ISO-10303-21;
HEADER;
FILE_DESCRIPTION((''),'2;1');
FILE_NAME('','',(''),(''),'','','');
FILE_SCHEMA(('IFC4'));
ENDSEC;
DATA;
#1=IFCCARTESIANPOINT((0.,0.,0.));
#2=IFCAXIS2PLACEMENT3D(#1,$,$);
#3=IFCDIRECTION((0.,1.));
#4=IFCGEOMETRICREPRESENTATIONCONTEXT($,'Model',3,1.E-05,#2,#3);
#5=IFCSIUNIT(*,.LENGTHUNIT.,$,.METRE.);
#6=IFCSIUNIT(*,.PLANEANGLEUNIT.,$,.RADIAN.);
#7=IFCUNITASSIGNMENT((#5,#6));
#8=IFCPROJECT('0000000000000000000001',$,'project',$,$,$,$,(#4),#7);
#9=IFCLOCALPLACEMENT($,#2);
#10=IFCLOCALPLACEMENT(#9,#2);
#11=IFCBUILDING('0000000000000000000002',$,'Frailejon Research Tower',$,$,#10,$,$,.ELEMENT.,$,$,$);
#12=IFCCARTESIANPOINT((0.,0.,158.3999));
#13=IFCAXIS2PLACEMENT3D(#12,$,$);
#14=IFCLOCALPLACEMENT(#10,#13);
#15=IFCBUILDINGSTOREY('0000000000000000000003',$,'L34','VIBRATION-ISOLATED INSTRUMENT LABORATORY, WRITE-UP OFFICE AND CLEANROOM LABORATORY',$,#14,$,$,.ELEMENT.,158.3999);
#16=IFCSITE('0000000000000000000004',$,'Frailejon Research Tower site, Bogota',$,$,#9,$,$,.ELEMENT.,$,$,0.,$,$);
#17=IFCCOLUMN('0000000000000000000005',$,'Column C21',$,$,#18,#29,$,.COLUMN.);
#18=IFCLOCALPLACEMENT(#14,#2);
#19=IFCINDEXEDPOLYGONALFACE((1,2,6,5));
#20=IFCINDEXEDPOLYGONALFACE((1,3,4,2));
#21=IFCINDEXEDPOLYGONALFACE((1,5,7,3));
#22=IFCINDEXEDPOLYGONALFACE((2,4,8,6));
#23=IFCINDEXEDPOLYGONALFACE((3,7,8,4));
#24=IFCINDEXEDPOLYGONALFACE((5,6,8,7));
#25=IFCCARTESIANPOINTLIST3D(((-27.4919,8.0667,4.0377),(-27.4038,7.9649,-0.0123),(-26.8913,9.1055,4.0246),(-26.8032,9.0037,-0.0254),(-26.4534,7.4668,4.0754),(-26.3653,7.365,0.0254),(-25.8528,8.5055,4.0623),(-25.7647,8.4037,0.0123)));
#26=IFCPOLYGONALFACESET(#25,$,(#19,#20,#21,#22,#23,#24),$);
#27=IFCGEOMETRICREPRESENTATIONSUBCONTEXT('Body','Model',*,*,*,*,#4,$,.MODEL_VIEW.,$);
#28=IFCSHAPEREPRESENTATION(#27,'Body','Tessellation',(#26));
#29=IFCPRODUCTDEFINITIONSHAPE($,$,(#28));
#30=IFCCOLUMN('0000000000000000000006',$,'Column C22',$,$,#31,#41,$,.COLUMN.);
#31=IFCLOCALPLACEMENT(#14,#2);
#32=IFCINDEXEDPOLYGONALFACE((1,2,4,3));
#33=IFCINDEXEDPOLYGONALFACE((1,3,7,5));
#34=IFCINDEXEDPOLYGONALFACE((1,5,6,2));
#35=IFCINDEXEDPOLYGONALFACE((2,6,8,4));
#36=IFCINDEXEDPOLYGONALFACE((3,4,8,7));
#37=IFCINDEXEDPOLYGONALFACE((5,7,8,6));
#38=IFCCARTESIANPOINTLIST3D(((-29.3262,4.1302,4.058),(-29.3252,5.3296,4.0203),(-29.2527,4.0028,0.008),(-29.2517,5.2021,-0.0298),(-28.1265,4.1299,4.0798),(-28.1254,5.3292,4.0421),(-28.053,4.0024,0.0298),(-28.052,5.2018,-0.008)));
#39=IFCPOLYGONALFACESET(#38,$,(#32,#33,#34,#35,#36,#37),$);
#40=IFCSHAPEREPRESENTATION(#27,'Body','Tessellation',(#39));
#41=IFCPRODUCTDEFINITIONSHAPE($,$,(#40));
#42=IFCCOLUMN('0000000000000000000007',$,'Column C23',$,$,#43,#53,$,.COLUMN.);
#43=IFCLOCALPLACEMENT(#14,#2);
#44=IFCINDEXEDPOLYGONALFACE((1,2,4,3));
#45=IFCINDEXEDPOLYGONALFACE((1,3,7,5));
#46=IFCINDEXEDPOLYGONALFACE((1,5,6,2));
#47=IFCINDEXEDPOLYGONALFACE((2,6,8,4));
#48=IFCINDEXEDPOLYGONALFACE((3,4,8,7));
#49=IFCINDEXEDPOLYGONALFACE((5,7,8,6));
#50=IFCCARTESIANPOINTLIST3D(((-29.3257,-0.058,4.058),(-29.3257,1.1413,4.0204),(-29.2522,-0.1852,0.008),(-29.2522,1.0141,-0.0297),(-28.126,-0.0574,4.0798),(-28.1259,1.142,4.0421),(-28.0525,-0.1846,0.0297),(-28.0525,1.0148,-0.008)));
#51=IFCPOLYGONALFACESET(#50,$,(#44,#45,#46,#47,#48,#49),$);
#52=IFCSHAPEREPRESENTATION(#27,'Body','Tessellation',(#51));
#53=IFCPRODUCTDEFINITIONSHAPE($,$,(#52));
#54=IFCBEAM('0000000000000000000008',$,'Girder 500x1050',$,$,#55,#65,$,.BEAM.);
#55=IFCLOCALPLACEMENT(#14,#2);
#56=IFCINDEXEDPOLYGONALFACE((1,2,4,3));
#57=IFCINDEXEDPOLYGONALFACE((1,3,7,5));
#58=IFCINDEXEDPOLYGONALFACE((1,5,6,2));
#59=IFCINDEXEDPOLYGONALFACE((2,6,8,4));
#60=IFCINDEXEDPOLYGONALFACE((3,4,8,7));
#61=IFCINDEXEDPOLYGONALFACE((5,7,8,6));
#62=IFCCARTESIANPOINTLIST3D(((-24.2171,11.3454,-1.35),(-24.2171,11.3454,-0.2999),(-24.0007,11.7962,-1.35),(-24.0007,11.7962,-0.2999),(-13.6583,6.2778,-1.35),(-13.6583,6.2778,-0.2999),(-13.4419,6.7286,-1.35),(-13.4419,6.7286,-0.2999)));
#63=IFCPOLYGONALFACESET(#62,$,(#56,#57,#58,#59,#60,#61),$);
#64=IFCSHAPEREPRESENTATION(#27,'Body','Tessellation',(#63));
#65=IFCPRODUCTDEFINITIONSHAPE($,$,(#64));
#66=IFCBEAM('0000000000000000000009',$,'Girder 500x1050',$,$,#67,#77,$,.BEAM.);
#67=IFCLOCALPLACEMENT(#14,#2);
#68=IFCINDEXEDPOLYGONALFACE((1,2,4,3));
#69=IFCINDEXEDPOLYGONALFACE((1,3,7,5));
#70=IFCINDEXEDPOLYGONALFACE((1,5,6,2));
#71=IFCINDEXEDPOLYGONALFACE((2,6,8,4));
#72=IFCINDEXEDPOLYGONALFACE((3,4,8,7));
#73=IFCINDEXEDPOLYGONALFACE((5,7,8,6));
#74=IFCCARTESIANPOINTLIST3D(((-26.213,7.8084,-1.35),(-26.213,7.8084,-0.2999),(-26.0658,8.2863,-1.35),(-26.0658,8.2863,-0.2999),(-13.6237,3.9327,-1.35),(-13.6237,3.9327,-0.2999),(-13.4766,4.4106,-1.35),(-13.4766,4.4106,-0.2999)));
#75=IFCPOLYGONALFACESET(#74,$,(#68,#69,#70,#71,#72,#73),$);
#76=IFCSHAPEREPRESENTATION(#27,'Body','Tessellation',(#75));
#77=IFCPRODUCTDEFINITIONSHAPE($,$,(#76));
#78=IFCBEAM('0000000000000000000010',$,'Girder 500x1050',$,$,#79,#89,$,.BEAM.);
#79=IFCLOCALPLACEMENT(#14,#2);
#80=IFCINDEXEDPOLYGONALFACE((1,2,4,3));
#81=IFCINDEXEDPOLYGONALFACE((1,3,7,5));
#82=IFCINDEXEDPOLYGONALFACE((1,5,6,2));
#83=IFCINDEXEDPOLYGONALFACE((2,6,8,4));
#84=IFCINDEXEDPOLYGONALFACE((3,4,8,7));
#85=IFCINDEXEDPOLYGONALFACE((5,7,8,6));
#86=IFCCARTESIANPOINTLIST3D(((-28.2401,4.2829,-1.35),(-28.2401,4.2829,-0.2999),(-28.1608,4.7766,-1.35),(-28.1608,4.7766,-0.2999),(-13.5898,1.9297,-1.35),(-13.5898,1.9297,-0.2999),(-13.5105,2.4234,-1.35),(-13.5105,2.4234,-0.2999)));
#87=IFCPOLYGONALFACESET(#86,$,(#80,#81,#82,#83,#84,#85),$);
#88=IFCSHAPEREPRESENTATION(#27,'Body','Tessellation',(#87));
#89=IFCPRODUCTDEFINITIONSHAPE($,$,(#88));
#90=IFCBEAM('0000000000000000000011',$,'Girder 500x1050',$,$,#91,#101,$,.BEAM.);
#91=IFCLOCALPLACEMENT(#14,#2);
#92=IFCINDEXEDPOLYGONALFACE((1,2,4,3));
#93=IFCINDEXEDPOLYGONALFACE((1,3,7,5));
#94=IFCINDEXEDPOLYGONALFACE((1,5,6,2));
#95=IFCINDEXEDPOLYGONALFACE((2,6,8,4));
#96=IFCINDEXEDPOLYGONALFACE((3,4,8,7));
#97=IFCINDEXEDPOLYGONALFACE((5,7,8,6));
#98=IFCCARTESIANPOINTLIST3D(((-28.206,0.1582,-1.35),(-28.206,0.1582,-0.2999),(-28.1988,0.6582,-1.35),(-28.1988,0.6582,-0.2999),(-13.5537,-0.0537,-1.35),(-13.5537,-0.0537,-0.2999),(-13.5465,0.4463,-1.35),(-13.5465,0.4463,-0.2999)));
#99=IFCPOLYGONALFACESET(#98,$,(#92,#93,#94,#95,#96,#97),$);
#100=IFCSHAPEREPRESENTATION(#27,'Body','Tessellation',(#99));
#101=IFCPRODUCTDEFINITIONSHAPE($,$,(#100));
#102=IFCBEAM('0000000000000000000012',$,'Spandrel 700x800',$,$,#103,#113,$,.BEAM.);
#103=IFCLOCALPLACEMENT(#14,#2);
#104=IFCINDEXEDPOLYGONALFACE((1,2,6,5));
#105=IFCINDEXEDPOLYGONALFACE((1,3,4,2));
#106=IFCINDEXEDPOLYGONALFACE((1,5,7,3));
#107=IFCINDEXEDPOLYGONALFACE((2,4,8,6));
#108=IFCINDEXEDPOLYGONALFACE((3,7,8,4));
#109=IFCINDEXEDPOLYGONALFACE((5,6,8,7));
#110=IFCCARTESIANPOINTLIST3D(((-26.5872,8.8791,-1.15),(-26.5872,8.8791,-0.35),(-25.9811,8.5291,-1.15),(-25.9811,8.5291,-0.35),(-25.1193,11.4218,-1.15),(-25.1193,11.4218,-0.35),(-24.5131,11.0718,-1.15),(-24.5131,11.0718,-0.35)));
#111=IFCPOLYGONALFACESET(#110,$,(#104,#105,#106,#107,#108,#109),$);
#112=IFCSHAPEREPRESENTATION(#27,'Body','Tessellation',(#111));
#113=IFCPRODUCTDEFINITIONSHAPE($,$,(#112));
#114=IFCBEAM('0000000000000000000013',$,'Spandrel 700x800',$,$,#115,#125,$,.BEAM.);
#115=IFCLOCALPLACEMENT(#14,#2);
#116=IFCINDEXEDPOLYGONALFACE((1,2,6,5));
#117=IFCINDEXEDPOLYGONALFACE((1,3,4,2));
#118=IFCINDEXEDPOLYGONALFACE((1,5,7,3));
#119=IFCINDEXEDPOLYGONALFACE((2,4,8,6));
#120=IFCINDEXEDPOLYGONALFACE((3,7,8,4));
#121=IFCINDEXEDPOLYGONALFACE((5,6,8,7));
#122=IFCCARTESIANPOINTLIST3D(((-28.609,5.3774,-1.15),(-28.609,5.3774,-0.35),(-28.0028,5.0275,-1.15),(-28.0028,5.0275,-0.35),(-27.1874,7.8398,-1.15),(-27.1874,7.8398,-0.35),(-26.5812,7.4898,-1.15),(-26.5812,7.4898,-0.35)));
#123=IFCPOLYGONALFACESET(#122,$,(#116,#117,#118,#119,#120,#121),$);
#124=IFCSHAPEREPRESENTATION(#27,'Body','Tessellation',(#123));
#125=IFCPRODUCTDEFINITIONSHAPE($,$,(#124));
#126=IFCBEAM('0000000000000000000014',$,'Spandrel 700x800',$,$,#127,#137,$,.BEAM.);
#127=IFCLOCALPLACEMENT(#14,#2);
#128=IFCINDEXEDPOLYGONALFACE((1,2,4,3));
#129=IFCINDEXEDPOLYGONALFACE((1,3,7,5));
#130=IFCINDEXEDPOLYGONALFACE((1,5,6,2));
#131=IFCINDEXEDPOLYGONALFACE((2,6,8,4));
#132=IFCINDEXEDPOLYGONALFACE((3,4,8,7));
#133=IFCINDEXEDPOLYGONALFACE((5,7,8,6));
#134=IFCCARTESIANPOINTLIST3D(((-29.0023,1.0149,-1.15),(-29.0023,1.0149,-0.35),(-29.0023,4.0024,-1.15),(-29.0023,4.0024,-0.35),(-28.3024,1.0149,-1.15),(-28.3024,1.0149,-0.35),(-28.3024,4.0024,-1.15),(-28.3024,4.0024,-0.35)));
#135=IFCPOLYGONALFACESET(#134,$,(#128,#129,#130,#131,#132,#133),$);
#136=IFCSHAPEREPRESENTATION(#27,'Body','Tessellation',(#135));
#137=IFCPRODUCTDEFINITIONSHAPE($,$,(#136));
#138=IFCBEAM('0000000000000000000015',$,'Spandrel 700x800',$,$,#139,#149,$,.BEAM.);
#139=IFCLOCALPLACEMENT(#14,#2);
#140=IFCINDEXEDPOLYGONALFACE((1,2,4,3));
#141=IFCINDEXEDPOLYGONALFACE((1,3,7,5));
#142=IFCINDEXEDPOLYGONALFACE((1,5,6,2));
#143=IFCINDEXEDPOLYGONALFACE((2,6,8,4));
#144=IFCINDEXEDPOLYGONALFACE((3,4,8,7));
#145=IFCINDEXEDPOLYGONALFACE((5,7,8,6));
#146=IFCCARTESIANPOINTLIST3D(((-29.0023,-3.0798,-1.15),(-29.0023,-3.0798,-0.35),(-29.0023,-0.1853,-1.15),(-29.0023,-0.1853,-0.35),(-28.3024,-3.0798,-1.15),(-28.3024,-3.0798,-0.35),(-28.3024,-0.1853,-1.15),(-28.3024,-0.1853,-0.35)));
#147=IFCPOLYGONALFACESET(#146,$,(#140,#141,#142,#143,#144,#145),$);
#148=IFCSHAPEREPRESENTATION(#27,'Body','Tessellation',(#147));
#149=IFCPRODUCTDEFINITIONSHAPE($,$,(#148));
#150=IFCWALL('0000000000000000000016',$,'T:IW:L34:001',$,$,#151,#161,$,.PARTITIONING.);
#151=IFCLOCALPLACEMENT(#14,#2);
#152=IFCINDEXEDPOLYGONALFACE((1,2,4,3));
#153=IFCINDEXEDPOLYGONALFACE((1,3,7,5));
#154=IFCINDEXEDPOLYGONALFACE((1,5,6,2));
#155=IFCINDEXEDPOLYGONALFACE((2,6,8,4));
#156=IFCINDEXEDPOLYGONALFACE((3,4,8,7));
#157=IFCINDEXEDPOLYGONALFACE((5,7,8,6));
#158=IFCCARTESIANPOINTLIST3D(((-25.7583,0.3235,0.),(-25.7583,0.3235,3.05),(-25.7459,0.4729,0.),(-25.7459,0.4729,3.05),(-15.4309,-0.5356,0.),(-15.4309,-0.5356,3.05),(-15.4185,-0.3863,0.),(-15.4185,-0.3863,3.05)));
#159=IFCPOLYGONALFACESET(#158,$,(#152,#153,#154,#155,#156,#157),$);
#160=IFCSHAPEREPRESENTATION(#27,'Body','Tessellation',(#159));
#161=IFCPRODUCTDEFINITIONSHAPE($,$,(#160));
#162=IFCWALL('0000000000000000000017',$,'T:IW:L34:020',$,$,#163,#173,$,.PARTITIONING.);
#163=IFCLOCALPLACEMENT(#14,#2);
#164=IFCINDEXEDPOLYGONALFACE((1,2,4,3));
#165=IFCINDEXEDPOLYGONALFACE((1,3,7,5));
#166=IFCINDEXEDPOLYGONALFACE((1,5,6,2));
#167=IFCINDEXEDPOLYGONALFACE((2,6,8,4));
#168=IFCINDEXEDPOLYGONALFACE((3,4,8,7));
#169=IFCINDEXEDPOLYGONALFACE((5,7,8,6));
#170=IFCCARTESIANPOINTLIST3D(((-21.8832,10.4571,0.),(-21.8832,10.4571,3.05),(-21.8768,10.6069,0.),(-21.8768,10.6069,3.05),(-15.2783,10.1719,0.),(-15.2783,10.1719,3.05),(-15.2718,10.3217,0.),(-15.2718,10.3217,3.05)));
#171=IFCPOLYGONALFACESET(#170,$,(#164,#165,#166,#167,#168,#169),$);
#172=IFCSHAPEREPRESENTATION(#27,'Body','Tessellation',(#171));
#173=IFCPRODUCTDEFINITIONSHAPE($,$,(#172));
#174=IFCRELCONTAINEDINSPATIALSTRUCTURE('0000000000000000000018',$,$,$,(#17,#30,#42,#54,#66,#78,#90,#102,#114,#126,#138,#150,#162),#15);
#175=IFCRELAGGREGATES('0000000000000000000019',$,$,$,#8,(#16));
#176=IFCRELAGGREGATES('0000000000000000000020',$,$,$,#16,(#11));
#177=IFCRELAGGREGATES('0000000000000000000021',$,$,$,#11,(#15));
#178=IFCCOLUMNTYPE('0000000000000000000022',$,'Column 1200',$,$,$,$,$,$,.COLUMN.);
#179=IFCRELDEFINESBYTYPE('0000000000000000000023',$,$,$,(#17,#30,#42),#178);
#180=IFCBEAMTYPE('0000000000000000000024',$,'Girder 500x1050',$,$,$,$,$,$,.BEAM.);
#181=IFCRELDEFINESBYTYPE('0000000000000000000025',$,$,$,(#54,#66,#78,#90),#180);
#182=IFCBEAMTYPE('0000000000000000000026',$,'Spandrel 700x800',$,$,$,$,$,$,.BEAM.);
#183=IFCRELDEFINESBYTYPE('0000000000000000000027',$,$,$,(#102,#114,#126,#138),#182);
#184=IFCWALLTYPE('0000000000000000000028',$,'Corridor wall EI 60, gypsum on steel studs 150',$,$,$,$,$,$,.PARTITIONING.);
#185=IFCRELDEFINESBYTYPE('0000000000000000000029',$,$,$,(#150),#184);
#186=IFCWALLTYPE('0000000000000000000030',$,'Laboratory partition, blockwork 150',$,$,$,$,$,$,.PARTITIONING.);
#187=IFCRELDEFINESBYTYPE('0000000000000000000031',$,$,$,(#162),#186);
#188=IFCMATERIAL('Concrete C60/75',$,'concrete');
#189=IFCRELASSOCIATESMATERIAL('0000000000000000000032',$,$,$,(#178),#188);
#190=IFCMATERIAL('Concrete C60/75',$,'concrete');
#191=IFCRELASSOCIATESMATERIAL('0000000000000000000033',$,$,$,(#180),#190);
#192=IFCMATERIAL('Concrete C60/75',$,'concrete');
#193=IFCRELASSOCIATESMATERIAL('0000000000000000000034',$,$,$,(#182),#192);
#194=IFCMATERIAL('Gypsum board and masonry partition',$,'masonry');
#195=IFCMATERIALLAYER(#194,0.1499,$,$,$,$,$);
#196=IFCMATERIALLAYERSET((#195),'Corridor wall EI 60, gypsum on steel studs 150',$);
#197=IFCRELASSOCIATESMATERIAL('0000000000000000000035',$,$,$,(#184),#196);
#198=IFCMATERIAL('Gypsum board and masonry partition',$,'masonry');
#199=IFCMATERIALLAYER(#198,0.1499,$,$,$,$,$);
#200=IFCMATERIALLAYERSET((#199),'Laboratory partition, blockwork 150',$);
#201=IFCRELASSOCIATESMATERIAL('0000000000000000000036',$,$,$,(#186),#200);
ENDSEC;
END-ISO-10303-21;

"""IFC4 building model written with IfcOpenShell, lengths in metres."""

from ifc_helpers import new_model, si_unit, direction, frame, frame_2d, origin, origin_2d, place, context, subcontext, project, spatial, rectangle, extrude, material, layer, layer_set, material_profile, profile_set, type_object, element, save


model = new_model("IFC4")

# Units and contexts
model_context = context("Model", 3, precision=1e-05, world=origin(), true_north=direction((0.0, 1.0)))
body_context = subcontext(model_context, "Body", "Model", "MODEL_VIEW")
ifc_project = project(units=[si_unit("LENGTHUNIT", "METRE"), si_unit("PLANEANGLEUNIT", "RADIAN")], contexts=[model_context])

# Site, building, storey
site_placement = place(None, origin())
site = spatial("IfcSite", under=ifc_project, at=site_placement, Name="Frailejon Research Tower site, Bogota", CompositionType="ELEMENT", RefElevation=0.0)
building_placement = place(site_placement, origin())
building = spatial("IfcBuilding", under=site, at=building_placement, Name="Frailejon Research Tower", CompositionType="ELEMENT")
storey_placement = place(building_placement, frame((0.0, 0.0, 158.3999)))
storey = spatial("IfcBuildingStorey", under=building, at=storey_placement, Name="L34", Description="VIBRATION-ISOLATED INSTRUMENT LABORATORY, WRITE-UP OFFICE AND CLEANROOM LABORATORY", CompositionType="ELEMENT", Elevation=158.3999)

# Columns
ifc_material_1 = material(Name="Concrete C60/75", Category="concrete")
ifc_material_profile_1 = material_profile(ifc_material_1, rectangle(XDim=1.2, YDim=1.2, at=origin_2d()), Name="Column 1200")
ifc_profile_set_1 = profile_set([ifc_material_profile_1], Name="Concrete C60/75")
column_type = type_object("IfcColumnType", Name="Column 1200", PredefinedType="COLUMN", material=ifc_profile_set_1)
column_placement = place(storey_placement, frame((-26.5842, 8.1843, 0.0), z_axis=(-0.021749, 0.025123, 0.999448), x_axis=(-0.500502, -0.865667, 0.010869)))
element("IfcColumn", 1, at=column_placement, inside=storey, type_object=column_type, Name="Column C21", PredefinedType="COLUMN", context=body_context, shape_type="SweptSolid", body=[
    extrude(rectangle(XDim=1.2, YDim=1.2, at=origin_2d()), origin(), (0.0, 0.0, 1.0), 4.0522),
])
for number, where, z_axis, x_axis, name in (
    (2, (-28.6523, 4.6023, 0.0), (-0.018133, 0.031446, 0.999341), (-0.000853, -0.999505, 0.031436), "Column C22"),
    (3, (-28.6523, 0.4148, 0.0), (-0.018133, 0.031386, 0.999343), (-0.000022, -0.999507, 0.03139), "Column C23"),
):
    element("IfcColumn", number, at=place(storey_placement, frame(where, z_axis=z_axis, x_axis=x_axis)), inside=storey, type_object=column_type, Name=name, PredefinedType="COLUMN", context=body_context, shape_type="SweptSolid", body=[
        extrude(rectangle(XDim=1.2, YDim=1.2, at=origin_2d()), origin(), (0.0, 0.0, 1.0), 4.0527),
    ])

# Beams
ifc_material_2 = material(Name="Concrete C60/75", Category="concrete")
ifc_material_profile_2 = material_profile(ifc_material_2, rectangle(XDim=0.5, YDim=1.05, at=origin_2d()), Name="Girder 500x1050")
ifc_profile_set_2 = profile_set([ifc_material_profile_2], Name="Concrete C60/75")
beam_type_1 = type_object("IfcBeamType", Name="Girder 500x1050", PredefinedType="BEAM", material=ifc_profile_set_2)
beam_1_placement = place(storey_placement, frame((-24.1089, 11.5708, -0.825), z_axis=(0.901544, -0.432688, 0.0), x_axis=(0.432688, 0.901544, 0.0)))
element("IfcBeam", 4, at=beam_1_placement, inside=storey, type_object=beam_type_1, Name="Girder 500x1050", PredefinedType="BEAM", context=body_context, shape_type="SweptSolid", body=[
    extrude(rectangle(XDim=0.5, YDim=1.05, at=origin_2d()), origin(), (0.0, 0.0, 1.0), 11.7119),
])
beam_2_placement = place(storey_placement, frame((-26.1394, 8.0474, -0.825), z_axis=(0.955735, -0.29423, 0.0), x_axis=(0.29423, 0.955735, 0.0)))
element("IfcBeam", 5, at=beam_2_placement, inside=storey, type_object=beam_type_1, Name="Girder 500x1050", PredefinedType="BEAM", context=body_context, shape_type="SweptSolid", body=[
    extrude(rectangle(XDim=0.5, YDim=1.05, at=origin_2d()), origin(), (0.0, 0.0, 1.0), 13.1724),
])
beam_3_placement = place(storey_placement, frame((-28.2004, 4.5298, -0.825), z_axis=(0.987344, -0.158596, 0.0), x_axis=(0.158596, 0.987344, 0.0)))
element("IfcBeam", 6, at=beam_3_placement, inside=storey, type_object=beam_type_1, Name="Girder 500x1050", PredefinedType="BEAM", context=body_context, shape_type="SweptSolid", body=[
    extrude(rectangle(XDim=0.5, YDim=1.05, at=origin_2d()), origin(), (0.0, 0.0, 1.0), 14.8381),
])
beam_4_placement = place(storey_placement, frame((-28.2024, 0.4082, -0.825), z_axis=(0.999895, -0.014461, 0.0), x_axis=(0.014461, 0.999895, 0.0)))
element("IfcBeam", 7, at=beam_4_placement, inside=storey, type_object=beam_type_1, Name="Girder 500x1050", PredefinedType="BEAM", context=body_context, shape_type="SweptSolid", body=[
    extrude(rectangle(XDim=0.5, YDim=1.05, at=origin_2d()), origin(), (0.0, 0.0, 1.0), 14.6538),
])
ifc_material_3 = material(Name="Concrete C60/75", Category="concrete")
ifc_material_profile_3 = material_profile(ifc_material_3, rectangle(XDim=0.7, YDim=0.8, at=origin_2d()), Name="Spandrel 700x800")
ifc_profile_set_3 = profile_set([ifc_material_profile_3], Name="Concrete C60/75")
beam_type_2 = type_object("IfcBeamType", Name="Spandrel 700x800", PredefinedType="BEAM", material=ifc_profile_set_3)
beam_5_placement = place(storey_placement, frame((-24.8162, 11.2468, -0.75), z_axis=(-0.499994, -0.866029, 0.0), x_axis=(0.866029, -0.499994, 0.0)))
element("IfcBeam", 8, at=beam_5_placement, inside=storey, type_object=beam_type_2, Name="Spandrel 700x800", PredefinedType="BEAM", context=body_context, shape_type="SweptSolid", body=[
    extrude(rectangle(XDim=0.7, YDim=0.8, at=origin_2d()), origin(), (0.0, 0.0, 1.0), 2.936),
])
beam_6_placement = place(storey_placement, frame((-26.8843, 7.6648, -0.75), z_axis=(-0.49999, -0.866031, 0.0), x_axis=(0.866031, -0.49999, 0.0)))
element("IfcBeam", 9, at=beam_6_placement, inside=storey, type_object=beam_type_2, Name="Spandrel 700x800", PredefinedType="BEAM", context=body_context, shape_type="SweptSolid", body=[
    extrude(rectangle(XDim=0.7, YDim=0.8, at=origin_2d()), origin(), (0.0, 0.0, 1.0), 2.8433),
])
beam_7_placement = place(storey_placement, frame((-28.6523, 4.0024, -0.75), z_axis=(0.0, -1.0, 0.0), x_axis=(1.0, 0.0, 0.0)))
element("IfcBeam", 10, at=beam_7_placement, inside=storey, type_object=beam_type_2, Name="Spandrel 700x800", PredefinedType="BEAM", context=body_context, shape_type="SweptSolid", body=[
    extrude(rectangle(XDim=0.7, YDim=0.8, at=origin_2d()), origin(), (0.0, 0.0, 1.0), 2.9875),
])
beam_8_placement = place(storey_placement, frame((-28.6523, -0.1853, -0.75), z_axis=(0.0, -1.0, 0.0), x_axis=(1.0, 0.0, 0.0)))
element("IfcBeam", 11, at=beam_8_placement, inside=storey, type_object=beam_type_2, Name="Spandrel 700x800", PredefinedType="BEAM", context=body_context, shape_type="SweptSolid", body=[
    extrude(rectangle(XDim=0.7, YDim=0.8, at=origin_2d()), origin(), (0.0, 0.0, 1.0), 2.8945),
])

# Walls
ifc_material_4 = material(Name="Gypsum board and masonry partition", Category="masonry")
ifc_layer_1 = layer(ifc_material_4, 0.1499)
ifc_layer_set_1 = layer_set([ifc_layer_1], Name="Corridor wall EI 60, gypsum on steel studs 150")
wall_type_1 = type_object("IfcWallType", Name="Corridor wall EI 60, gypsum on steel studs 150", PredefinedType="PARTITIONING", material=ifc_layer_set_1)
wall_1_placement = place(storey_placement, frame((-25.7522, 0.3982, 0.0), z_axis=(0.0, 0.0, 1.0), x_axis=(0.996558, -0.082903, 0.0)))
element("IfcWall", 12, at=wall_1_placement, inside=storey, type_object=wall_type_1, Name="T:IW:L34:001", PredefinedType="PARTITIONING", context=body_context, shape_type="SweptSolid", body=[
    extrude(rectangle(XDim=10.363, YDim=0.1499, at=frame_2d((5.1816, 0.0))), origin(), (0.0, 0.0, 1.0), 3.05),
])
ifc_material_5 = material(Name="Gypsum board and masonry partition", Category="masonry")
ifc_layer_2 = layer(ifc_material_5, 0.1499)
ifc_layer_set_2 = layer_set([ifc_layer_2], Name="Laboratory partition, blockwork 150")
wall_type_2 = type_object("IfcWallType", Name="Laboratory partition, blockwork 150", PredefinedType="PARTITIONING", material=ifc_layer_set_2)
wall_2_placement = place(storey_placement, frame((-21.8801, 10.532, 0.0), z_axis=(0.0, 0.0, 1.0), x_axis=(0.999069, -0.043133, 0.0)))
element("IfcWall", 13, at=wall_2_placement, inside=storey, type_object=wall_type_2, Name="T:IW:L34:020", PredefinedType="PARTITIONING", context=body_context, shape_type="SweptSolid", body=[
    extrude(rectangle(XDim=6.6111, YDim=0.1499, at=frame_2d((3.3057, 0.0))), origin(), (0.0, 0.0, 1.0), 3.05),
])

save(model, "model.ifc")
